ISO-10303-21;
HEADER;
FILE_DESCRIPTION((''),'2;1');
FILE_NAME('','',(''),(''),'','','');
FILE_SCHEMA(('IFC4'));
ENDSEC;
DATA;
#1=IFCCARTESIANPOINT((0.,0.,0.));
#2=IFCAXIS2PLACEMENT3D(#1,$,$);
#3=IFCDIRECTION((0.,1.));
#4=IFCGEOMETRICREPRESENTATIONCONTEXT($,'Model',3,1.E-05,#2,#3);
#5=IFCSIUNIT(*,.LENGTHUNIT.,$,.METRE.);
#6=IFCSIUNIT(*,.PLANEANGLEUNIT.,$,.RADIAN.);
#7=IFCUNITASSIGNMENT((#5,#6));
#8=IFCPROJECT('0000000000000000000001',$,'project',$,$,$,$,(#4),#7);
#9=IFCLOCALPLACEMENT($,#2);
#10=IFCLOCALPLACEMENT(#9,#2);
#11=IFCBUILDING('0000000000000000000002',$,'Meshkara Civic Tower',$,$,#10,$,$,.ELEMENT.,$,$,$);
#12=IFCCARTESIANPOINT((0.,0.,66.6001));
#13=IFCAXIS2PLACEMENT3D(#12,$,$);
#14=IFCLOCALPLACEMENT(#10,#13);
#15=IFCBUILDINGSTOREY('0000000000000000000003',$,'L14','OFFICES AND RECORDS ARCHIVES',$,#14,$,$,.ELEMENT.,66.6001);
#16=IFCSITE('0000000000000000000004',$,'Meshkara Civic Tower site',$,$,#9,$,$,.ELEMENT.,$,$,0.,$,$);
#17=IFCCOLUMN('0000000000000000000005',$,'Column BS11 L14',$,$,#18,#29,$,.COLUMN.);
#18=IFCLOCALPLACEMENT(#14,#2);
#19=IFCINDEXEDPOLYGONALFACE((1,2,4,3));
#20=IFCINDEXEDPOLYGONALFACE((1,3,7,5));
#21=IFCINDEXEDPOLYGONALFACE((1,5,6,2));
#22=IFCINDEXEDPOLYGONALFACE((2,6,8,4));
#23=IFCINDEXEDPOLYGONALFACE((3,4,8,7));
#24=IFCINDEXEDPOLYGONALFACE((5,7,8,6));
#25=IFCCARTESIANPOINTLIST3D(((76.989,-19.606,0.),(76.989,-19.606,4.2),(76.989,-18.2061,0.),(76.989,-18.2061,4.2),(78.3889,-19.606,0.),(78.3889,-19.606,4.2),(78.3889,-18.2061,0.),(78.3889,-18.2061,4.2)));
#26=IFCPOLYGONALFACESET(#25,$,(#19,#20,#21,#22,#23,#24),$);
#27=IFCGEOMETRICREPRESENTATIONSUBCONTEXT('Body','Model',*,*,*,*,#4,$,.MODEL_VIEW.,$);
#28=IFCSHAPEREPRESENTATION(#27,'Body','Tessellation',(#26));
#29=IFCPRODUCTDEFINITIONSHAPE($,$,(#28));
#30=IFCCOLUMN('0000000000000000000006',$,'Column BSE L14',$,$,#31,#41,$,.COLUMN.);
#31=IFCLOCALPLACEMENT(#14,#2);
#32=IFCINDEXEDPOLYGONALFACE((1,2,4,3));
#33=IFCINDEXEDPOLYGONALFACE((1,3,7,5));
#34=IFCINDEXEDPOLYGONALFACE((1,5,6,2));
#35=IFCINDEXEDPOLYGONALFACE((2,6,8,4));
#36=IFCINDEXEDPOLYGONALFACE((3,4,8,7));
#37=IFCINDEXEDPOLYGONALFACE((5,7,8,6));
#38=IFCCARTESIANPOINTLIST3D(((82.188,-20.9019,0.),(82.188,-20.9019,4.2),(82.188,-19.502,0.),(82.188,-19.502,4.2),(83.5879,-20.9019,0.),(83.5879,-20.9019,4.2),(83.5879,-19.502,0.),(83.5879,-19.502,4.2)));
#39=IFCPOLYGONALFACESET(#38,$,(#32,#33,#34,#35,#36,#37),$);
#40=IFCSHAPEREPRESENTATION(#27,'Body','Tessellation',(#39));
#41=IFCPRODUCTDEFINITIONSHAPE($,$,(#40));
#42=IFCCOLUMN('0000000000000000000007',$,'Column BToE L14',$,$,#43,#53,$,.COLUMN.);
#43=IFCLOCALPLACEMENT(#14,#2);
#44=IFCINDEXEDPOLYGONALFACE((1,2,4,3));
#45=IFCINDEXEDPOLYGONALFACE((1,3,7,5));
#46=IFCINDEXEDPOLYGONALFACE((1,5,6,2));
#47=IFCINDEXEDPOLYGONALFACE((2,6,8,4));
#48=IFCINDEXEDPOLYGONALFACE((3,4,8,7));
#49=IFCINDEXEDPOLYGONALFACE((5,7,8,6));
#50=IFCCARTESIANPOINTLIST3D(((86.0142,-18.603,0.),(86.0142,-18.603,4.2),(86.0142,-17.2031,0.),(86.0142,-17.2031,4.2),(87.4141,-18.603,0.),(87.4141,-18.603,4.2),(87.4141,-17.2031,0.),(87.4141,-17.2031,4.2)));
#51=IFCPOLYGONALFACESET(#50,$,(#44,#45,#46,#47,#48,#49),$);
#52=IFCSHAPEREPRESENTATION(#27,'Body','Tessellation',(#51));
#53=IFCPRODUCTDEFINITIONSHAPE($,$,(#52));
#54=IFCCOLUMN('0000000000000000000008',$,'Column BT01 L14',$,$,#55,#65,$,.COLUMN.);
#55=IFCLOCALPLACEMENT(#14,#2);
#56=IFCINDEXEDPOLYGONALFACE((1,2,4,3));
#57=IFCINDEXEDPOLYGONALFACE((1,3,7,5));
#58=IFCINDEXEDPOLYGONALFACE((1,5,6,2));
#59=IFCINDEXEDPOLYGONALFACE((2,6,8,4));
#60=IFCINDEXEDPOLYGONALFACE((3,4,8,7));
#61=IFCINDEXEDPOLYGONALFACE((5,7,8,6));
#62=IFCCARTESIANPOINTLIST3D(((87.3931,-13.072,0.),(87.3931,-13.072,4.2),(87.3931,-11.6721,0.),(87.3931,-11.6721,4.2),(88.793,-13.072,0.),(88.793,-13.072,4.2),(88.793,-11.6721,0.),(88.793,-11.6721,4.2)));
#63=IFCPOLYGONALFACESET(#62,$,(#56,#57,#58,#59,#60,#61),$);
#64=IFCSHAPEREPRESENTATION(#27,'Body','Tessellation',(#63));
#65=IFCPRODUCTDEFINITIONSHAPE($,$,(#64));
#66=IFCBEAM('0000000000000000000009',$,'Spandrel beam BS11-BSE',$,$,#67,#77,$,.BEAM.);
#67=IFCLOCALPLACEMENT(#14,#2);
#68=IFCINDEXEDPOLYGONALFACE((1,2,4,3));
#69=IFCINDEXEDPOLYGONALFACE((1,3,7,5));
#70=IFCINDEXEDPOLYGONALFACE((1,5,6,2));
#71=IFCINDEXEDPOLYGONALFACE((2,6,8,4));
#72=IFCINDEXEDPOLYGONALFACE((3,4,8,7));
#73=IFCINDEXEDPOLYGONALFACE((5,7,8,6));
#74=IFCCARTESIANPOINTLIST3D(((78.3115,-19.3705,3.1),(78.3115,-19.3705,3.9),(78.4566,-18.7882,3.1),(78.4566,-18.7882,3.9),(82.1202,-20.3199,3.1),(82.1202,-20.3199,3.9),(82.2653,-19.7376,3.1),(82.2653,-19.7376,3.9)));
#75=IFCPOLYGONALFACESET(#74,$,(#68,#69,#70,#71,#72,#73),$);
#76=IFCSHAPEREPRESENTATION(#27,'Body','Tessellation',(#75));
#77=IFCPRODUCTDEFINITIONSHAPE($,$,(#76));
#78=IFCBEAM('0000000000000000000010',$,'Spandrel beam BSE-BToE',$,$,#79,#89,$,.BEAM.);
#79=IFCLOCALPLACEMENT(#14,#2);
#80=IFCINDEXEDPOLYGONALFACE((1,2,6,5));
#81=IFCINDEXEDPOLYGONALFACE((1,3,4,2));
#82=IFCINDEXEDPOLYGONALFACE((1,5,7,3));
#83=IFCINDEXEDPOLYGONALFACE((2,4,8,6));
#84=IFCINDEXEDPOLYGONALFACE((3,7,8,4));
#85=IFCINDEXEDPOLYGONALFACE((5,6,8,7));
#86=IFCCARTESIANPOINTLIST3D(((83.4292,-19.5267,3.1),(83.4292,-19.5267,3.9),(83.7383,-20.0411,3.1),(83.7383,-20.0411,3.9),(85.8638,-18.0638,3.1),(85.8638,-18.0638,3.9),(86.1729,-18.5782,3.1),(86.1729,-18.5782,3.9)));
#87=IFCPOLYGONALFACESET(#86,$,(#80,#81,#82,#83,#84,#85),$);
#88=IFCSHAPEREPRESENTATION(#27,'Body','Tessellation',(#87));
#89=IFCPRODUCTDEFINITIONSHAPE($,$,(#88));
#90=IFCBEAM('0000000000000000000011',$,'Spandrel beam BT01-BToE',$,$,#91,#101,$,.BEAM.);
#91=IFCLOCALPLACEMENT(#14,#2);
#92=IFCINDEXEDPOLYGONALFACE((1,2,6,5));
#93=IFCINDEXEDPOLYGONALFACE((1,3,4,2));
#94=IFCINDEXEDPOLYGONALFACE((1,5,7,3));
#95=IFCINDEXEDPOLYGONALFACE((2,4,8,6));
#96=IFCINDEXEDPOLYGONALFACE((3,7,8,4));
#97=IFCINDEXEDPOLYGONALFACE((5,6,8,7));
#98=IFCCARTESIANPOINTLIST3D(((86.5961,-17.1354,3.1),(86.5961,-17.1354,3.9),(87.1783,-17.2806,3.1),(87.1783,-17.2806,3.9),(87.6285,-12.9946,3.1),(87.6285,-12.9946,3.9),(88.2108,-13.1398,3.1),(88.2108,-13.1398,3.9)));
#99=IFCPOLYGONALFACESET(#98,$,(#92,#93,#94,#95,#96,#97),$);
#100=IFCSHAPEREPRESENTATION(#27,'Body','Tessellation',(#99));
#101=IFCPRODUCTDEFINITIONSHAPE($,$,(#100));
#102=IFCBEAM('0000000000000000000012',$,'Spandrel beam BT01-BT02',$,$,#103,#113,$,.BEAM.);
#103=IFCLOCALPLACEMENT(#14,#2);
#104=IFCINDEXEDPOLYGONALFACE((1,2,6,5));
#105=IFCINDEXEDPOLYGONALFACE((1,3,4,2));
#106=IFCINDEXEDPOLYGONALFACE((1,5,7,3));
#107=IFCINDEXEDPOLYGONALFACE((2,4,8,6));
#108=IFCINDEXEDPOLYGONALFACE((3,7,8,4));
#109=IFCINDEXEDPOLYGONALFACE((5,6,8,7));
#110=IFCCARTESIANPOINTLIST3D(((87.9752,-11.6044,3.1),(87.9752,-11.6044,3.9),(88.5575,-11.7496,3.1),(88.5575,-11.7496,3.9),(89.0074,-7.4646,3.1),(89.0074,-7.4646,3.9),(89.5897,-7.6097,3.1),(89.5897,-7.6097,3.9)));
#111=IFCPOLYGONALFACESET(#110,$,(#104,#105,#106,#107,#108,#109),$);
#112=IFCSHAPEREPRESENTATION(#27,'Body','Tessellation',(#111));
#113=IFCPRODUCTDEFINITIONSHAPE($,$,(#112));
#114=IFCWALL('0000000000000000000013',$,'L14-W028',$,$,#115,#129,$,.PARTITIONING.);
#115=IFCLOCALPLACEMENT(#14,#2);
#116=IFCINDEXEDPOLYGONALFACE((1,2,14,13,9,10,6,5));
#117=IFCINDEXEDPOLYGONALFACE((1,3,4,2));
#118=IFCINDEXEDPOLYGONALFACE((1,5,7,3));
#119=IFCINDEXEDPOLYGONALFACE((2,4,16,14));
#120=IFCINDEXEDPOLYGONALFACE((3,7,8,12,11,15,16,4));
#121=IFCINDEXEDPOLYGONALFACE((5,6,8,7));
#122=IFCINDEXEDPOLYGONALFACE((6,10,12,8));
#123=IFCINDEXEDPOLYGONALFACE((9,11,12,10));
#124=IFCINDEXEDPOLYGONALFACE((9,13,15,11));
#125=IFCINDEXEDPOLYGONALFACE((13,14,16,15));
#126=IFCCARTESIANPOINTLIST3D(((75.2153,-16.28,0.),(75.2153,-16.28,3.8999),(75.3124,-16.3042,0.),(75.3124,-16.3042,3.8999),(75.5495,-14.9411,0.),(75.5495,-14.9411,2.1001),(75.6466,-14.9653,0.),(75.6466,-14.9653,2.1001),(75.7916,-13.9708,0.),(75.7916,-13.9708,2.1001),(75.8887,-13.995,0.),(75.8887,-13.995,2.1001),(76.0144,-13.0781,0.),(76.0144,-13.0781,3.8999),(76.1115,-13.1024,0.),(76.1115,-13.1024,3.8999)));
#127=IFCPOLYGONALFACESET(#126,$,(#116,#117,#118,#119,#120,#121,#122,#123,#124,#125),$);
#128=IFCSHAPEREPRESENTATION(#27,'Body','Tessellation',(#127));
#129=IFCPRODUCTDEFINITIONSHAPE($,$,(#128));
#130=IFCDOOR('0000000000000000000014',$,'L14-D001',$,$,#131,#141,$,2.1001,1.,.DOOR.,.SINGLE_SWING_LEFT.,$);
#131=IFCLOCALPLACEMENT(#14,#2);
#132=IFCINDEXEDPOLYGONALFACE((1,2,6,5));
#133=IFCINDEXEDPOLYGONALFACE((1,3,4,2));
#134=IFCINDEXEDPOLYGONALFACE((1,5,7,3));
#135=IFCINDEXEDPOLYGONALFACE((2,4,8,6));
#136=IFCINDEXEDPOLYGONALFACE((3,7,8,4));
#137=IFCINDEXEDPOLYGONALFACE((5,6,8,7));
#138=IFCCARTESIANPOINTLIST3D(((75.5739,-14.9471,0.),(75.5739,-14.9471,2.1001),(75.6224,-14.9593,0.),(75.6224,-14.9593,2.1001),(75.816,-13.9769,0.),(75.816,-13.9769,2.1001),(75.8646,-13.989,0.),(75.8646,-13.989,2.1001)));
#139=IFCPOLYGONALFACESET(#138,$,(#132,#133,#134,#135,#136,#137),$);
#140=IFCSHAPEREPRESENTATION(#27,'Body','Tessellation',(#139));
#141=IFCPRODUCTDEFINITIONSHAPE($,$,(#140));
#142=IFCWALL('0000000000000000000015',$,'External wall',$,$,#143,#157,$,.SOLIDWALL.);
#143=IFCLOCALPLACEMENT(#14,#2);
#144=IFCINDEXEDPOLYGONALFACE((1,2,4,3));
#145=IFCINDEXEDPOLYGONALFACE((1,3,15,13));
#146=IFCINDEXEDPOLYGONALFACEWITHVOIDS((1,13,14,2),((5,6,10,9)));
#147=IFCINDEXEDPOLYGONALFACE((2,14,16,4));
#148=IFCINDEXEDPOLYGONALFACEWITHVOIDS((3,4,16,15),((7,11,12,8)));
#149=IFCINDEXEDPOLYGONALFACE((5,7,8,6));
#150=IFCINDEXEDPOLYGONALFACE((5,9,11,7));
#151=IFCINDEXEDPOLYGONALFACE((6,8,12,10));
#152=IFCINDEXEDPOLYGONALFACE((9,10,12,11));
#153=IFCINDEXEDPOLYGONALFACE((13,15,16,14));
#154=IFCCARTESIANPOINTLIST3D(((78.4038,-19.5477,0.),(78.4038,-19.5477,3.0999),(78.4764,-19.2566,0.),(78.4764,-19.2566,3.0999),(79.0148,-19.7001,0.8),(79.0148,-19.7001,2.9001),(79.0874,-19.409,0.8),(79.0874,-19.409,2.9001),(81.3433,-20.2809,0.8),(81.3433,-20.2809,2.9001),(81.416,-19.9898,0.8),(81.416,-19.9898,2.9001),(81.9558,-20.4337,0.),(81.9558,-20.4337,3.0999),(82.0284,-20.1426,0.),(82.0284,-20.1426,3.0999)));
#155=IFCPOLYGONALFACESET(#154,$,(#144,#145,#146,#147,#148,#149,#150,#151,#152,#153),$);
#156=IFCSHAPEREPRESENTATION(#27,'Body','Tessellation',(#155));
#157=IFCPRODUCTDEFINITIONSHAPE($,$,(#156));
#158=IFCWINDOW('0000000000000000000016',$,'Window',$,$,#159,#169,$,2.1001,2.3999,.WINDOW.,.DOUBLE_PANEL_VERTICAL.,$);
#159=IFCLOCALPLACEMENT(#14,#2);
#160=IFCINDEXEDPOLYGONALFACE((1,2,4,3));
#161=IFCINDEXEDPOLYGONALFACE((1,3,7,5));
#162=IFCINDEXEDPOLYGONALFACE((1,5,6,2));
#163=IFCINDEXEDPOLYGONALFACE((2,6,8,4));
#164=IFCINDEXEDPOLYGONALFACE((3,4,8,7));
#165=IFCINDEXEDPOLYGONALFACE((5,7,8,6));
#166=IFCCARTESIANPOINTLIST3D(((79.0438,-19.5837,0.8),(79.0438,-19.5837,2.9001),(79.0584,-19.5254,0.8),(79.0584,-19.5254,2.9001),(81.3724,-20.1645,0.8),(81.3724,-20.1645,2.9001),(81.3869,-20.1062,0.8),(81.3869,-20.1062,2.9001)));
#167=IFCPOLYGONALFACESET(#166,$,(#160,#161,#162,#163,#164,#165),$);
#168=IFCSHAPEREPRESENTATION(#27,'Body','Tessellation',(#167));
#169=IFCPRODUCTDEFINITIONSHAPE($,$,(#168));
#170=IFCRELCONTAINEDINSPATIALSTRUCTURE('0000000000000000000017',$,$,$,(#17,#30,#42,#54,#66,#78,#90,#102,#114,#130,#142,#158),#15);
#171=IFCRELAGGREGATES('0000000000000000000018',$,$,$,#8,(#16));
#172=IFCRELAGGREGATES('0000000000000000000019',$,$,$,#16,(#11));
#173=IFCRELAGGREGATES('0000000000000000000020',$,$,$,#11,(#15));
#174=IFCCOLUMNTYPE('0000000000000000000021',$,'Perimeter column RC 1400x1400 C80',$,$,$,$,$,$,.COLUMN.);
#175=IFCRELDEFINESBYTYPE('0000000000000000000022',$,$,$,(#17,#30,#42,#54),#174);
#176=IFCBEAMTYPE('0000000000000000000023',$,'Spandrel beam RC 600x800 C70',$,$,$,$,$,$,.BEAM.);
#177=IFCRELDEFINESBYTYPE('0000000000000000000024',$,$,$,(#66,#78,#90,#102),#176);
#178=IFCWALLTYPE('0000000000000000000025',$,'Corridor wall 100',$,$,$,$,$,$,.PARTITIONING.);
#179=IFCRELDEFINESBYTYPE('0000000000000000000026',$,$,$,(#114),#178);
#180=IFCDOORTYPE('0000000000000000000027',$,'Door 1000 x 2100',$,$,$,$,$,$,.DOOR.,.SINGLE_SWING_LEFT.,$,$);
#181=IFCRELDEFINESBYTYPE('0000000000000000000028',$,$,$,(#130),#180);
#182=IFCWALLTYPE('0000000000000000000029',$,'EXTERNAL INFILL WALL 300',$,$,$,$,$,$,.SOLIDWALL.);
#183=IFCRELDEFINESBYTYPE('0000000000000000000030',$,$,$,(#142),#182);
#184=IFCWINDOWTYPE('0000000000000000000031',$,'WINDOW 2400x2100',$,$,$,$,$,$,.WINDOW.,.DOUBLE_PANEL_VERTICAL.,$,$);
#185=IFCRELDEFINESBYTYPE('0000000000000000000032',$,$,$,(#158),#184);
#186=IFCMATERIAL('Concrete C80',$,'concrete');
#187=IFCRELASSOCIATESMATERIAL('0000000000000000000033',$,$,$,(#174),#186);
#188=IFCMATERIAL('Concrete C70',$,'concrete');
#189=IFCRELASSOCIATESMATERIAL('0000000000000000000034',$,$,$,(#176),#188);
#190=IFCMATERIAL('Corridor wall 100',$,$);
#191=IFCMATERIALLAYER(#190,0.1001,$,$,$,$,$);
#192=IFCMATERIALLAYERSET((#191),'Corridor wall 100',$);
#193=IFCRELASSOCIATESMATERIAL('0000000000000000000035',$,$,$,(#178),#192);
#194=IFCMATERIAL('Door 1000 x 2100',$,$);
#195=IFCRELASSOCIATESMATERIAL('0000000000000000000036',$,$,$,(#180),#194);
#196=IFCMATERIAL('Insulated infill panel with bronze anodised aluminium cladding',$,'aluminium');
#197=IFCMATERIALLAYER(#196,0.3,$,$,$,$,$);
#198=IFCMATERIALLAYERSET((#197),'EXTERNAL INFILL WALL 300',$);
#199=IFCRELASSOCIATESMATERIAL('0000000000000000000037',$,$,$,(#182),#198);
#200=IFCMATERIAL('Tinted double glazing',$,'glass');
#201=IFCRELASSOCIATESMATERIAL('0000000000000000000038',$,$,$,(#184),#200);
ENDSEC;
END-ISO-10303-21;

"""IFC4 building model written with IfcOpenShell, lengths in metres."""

from ifc_helpers import new_model, si_unit, direction, frame, frame_2d, origin, origin_2d, place, context, subcontext, project, spatial, rectangle, extrude, material, layer, layer_set, material_profile, profile_set, type_object, element, fill, save


model = new_model("IFC4")

# Units and contexts
model_context = context("Model", 3, precision=1e-05, world=origin(), true_north=direction((0.0, 1.0)))
body_context = subcontext(model_context, "Body", "Model", "MODEL_VIEW")
ifc_project = project(units=[si_unit("LENGTHUNIT", "METRE"), si_unit("PLANEANGLEUNIT", "RADIAN")], contexts=[model_context])

# Site, building, storey
site_placement = place(None, origin())
site = spatial("IfcSite", under=ifc_project, at=site_placement, Name="Meshkara Civic Tower site", CompositionType="ELEMENT", RefElevation=0.0)
building_placement = place(site_placement, origin())
building = spatial("IfcBuilding", under=site, at=building_placement, Name="Meshkara Civic Tower", CompositionType="ELEMENT")
storey_placement = place(building_placement, frame((0.0, 0.0, 66.6001)))
storey = spatial("IfcBuildingStorey", under=building, at=storey_placement, Name="L14", Description="OFFICES AND RECORDS ARCHIVES", CompositionType="ELEMENT", Elevation=66.6001)

# Columns
ifc_material_1 = material(Name="Concrete C80", Category="concrete")
ifc_material_profile_1 = material_profile(ifc_material_1, rectangle(XDim=1.3999, YDim=1.3999, at=origin_2d()))
ifc_profile_set_1 = profile_set([ifc_material_profile_1], Name="Concrete C80")
column_type = type_object("IfcColumnType", Name="Perimeter column RC 1400x1400 C80", PredefinedType="COLUMN", material=ifc_profile_set_1)
for number, where, z_axis, x_axis, name in (
    (1, (77.689, -18.906, 0.0), (0.0, 0.0, 1.0), (1.0, 0.0, 0.0), "Column BS11 L14"),
    (2, (82.8879, -20.2019, 0.0), (0.0, 0.0, 1.0), (1.0, 0.0, 0.0), "Column BSE L14"),
    (3, (86.7141, -17.9031, 0.0), (0.0, 0.0, 1.0), (1.0, 0.0, 0.0), "Column BToE L14"),
    (4, (88.093, -12.3721, 0.0), (0.0, 0.0, 1.0), (1.0, 0.0, 0.0), "Column BT01 L14"),
):
    element("IfcColumn", number, at=place(storey_placement, frame(where, z_axis=z_axis, x_axis=x_axis)), inside=storey, type_object=column_type, Name=name, PredefinedType="COLUMN", context=body_context, shape_type="SweptSolid", body=[
        extrude(rectangle(XDim=1.3999, YDim=1.3999, at=origin_2d()), origin(), (0.0, 0.0, 1.0), 4.2),
    ])

# Beams
ifc_material_2 = material(Name="Concrete C70", Category="concrete")
ifc_material_profile_2 = material_profile(ifc_material_2, rectangle(XDim=0.6001, YDim=0.8, at=origin_2d()))
ifc_profile_set_2 = profile_set([ifc_material_profile_2], Name="Concrete C70")
beam_type = type_object("IfcBeamType", Name="Spandrel beam RC 600x800 C70", PredefinedType="BEAM", material=ifc_profile_set_2)
beam_1_placement = place(storey_placement, frame((78.384, -19.0793, 3.5), z_axis=(0.970307, -0.241877, 0.0), x_axis=(0.241877, 0.970307, 0.0)))
element("IfcBeam", 5, at=beam_1_placement, inside=storey, type_object=beam_type, Name="Spandrel beam BS11-BSE", PredefinedType="BEAM", context=body_context, shape_type="SweptSolid", body=[
    extrude(rectangle(XDim=0.6001, YDim=0.8, at=origin_2d()), origin(), (0.0, 0.0, 1.0), 3.9253),
])
beam_2_placement = place(storey_placement, frame((83.5837, -19.7839, 3.5), z_axis=(0.857159, 0.515052, 0.0), x_axis=(-0.515052, 0.857159, 0.0)))
element("IfcBeam", 6, at=beam_2_placement, inside=storey, type_object=beam_type, Name="Spandrel beam BSE-BToE", PredefinedType="BEAM", context=body_context, shape_type="SweptSolid", body=[
    extrude(rectangle(XDim=0.6001, YDim=0.8, at=origin_2d()), origin(), (0.0, 0.0, 1.0), 2.8403),
])
beam_3_placement = place(storey_placement, frame((86.8872, -17.208, 3.5), z_axis=(0.24193, 0.970294, 0.0), x_axis=(-0.970294, 0.24193, 0.0)))
element("IfcBeam", 7, at=beam_3_placement, inside=storey, type_object=beam_type, Name="Spandrel beam BT01-BToE", PredefinedType="BEAM", context=body_context, shape_type="SweptSolid", body=[
    extrude(rectangle(XDim=0.6001, YDim=0.8, at=origin_2d()), origin(), (0.0, 0.0, 1.0), 4.2676),
])
beam_4_placement = place(storey_placement, frame((88.2664, -11.677, 3.5), z_axis=(0.24193, 0.970294, 0.0), x_axis=(-0.970294, 0.24193, 0.0)))
element("IfcBeam", 8, at=beam_4_placement, inside=storey, type_object=beam_type, Name="Spandrel beam BT01-BT02", PredefinedType="BEAM", context=body_context, shape_type="SweptSolid", body=[
    extrude(rectangle(XDim=0.6001, YDim=0.8, at=origin_2d()), origin(), (0.0, 0.0, 1.0), 4.2666),
])

# Wall, opening, door
ifc_material_3 = material(Name="Corridor wall 100")
ifc_layer_1 = layer(ifc_material_3, 0.1001)
ifc_layer_set_1 = layer_set([ifc_layer_1], Name="Corridor wall 100")
wall_type_1 = type_object("IfcWallType", Name="Corridor wall 100", PredefinedType="PARTITIONING", material=ifc_layer_set_1)
wall_1_placement = place(storey_placement, frame((75.2639, -16.292, 0.0), z_axis=(0.0, 0.0, 1.0), x_axis=(0.242135, 0.970243, 0.0)))
wall_1 = element("IfcWall", 9, at=wall_1_placement, inside=storey, type_object=wall_type_1, Name="L14-W028", PredefinedType="PARTITIONING", context=body_context, shape_type="SweptSolid", body=[
    extrude(rectangle(XDim=3.3, YDim=0.1001, at=frame_2d((1.6499, 0.0))), origin(), (0.0, 0.0, 1.0), 3.8999),
])
opening_1_placement = place(wall_1_placement, frame((1.3799, 0.0, 0.0)))
opening_1 = element("IfcOpeningElement", 10, at=opening_1_placement, cuts=wall_1, PredefinedType="OPENING", context=body_context, shape_type="SweptSolid", body=[
    extrude(rectangle(XDim=1.0, YDim=2.1001, at=frame_2d((0.5, 1.05))), frame((0.0, 0.0601, 0.0), z_axis=(0.0, -1.0, 0.0), x_axis=(1.0, 0.0, 0.0)), (0.0, 0.0, 1.0), 0.1201),
])
ifc_material_4 = material(Name="Door 1000 x 2100")
door_type_1 = type_object("IfcDoorType", Name="Door 1000 x 2100", OperationType="SINGLE_SWING_LEFT", PredefinedType="DOOR", material=ifc_material_4)
door_1_placement = place(opening_1_placement, origin())
door_1 = element("IfcDoor", 11, at=door_1_placement, inside=storey, type_object=door_type_1, Name="L14-D001", OperationType="SINGLE_SWING_LEFT", OverallHeight=2.1001, OverallWidth=1.0, PredefinedType="DOOR", context=body_context, shape_type="SweptSolid", body=[
    extrude(rectangle(XDim=1.0, YDim=2.1001, at=frame_2d((0.5, 1.05))), frame((0.0, 0.0249, 0.0), z_axis=(0.0, -1.0, 0.0), x_axis=(1.0, 0.0, 0.0)), (0.0, 0.0, 1.0), 0.05),
])
fill(opening_1, door_1)

# Wall, opening, window
ifc_material_5 = material(Name="Insulated infill panel with bronze anodised aluminium cladding", Category="aluminium")
ifc_layer_2 = layer(ifc_material_5, 0.3)
ifc_layer_set_2 = layer_set([ifc_layer_2], Name="EXTERNAL INFILL WALL 300")
wall_type_2 = type_object("IfcWallType", Name="EXTERNAL INFILL WALL 300", PredefinedType="SOLIDWALL", material=ifc_layer_set_2)
wall_2_placement = place(storey_placement, frame((78.4399, -19.4021, 0.0), z_axis=(0.0, 0.0, 1.0), x_axis=(0.970272, -0.242018, 0.0)))
wall_2 = element("IfcWall", 12, at=wall_2_placement, inside=storey, type_object=wall_type_2, Name="External wall", PredefinedType="SOLIDWALL", context=body_context, shape_type="SweptSolid", body=[
    extrude(rectangle(XDim=3.6609, YDim=0.3, at=frame_2d((1.8306, 0.0))), origin(), (0.0, 0.0, 1.0), 3.0999),
])
opening_2_placement = place(wall_2_placement, frame((0.6299, 0.0, 0.8)))
opening_2 = element("IfcOpeningElement", 13, at=opening_2_placement, cuts=wall_2, PredefinedType="OPENING", context=body_context, shape_type="SweptSolid", body=[
    extrude(rectangle(XDim=2.3999, YDim=2.1001, at=frame_2d((1.2, 1.05))), frame((0.0, 0.1599, 0.0), z_axis=(0.0, -1.0, 0.0), x_axis=(1.0, 0.0, 0.0)), (0.0, 0.0, 1.0), 0.3201),
])
ifc_material_6 = material(Name="Tinted double glazing", Category="glass")
window_type_1 = type_object("IfcWindowType", Name="WINDOW 2400x2100", PartitioningType="DOUBLE_PANEL_VERTICAL", PredefinedType="WINDOW", material=ifc_material_6)
window_1_placement = place(opening_2_placement, origin())
window_1 = element("IfcWindow", 14, at=window_1_placement, inside=storey, type_object=window_type_1, Name="Window", OverallHeight=2.1001, OverallWidth=2.3999, PartitioningType="DOUBLE_PANEL_VERTICAL", PredefinedType="WINDOW", context=body_context, shape_type="SweptSolid", body=[
    extrude(rectangle(XDim=2.3999, YDim=2.1001, at=frame_2d((1.2, 1.05))), frame((0.0, 0.03, 0.0), z_axis=(0.0, -1.0, 0.0), x_axis=(1.0, 0.0, 0.0)), (0.0, 0.0, 1.0), 0.0601),
])
fill(opening_2, window_1)

save(model, "model.ifc")
